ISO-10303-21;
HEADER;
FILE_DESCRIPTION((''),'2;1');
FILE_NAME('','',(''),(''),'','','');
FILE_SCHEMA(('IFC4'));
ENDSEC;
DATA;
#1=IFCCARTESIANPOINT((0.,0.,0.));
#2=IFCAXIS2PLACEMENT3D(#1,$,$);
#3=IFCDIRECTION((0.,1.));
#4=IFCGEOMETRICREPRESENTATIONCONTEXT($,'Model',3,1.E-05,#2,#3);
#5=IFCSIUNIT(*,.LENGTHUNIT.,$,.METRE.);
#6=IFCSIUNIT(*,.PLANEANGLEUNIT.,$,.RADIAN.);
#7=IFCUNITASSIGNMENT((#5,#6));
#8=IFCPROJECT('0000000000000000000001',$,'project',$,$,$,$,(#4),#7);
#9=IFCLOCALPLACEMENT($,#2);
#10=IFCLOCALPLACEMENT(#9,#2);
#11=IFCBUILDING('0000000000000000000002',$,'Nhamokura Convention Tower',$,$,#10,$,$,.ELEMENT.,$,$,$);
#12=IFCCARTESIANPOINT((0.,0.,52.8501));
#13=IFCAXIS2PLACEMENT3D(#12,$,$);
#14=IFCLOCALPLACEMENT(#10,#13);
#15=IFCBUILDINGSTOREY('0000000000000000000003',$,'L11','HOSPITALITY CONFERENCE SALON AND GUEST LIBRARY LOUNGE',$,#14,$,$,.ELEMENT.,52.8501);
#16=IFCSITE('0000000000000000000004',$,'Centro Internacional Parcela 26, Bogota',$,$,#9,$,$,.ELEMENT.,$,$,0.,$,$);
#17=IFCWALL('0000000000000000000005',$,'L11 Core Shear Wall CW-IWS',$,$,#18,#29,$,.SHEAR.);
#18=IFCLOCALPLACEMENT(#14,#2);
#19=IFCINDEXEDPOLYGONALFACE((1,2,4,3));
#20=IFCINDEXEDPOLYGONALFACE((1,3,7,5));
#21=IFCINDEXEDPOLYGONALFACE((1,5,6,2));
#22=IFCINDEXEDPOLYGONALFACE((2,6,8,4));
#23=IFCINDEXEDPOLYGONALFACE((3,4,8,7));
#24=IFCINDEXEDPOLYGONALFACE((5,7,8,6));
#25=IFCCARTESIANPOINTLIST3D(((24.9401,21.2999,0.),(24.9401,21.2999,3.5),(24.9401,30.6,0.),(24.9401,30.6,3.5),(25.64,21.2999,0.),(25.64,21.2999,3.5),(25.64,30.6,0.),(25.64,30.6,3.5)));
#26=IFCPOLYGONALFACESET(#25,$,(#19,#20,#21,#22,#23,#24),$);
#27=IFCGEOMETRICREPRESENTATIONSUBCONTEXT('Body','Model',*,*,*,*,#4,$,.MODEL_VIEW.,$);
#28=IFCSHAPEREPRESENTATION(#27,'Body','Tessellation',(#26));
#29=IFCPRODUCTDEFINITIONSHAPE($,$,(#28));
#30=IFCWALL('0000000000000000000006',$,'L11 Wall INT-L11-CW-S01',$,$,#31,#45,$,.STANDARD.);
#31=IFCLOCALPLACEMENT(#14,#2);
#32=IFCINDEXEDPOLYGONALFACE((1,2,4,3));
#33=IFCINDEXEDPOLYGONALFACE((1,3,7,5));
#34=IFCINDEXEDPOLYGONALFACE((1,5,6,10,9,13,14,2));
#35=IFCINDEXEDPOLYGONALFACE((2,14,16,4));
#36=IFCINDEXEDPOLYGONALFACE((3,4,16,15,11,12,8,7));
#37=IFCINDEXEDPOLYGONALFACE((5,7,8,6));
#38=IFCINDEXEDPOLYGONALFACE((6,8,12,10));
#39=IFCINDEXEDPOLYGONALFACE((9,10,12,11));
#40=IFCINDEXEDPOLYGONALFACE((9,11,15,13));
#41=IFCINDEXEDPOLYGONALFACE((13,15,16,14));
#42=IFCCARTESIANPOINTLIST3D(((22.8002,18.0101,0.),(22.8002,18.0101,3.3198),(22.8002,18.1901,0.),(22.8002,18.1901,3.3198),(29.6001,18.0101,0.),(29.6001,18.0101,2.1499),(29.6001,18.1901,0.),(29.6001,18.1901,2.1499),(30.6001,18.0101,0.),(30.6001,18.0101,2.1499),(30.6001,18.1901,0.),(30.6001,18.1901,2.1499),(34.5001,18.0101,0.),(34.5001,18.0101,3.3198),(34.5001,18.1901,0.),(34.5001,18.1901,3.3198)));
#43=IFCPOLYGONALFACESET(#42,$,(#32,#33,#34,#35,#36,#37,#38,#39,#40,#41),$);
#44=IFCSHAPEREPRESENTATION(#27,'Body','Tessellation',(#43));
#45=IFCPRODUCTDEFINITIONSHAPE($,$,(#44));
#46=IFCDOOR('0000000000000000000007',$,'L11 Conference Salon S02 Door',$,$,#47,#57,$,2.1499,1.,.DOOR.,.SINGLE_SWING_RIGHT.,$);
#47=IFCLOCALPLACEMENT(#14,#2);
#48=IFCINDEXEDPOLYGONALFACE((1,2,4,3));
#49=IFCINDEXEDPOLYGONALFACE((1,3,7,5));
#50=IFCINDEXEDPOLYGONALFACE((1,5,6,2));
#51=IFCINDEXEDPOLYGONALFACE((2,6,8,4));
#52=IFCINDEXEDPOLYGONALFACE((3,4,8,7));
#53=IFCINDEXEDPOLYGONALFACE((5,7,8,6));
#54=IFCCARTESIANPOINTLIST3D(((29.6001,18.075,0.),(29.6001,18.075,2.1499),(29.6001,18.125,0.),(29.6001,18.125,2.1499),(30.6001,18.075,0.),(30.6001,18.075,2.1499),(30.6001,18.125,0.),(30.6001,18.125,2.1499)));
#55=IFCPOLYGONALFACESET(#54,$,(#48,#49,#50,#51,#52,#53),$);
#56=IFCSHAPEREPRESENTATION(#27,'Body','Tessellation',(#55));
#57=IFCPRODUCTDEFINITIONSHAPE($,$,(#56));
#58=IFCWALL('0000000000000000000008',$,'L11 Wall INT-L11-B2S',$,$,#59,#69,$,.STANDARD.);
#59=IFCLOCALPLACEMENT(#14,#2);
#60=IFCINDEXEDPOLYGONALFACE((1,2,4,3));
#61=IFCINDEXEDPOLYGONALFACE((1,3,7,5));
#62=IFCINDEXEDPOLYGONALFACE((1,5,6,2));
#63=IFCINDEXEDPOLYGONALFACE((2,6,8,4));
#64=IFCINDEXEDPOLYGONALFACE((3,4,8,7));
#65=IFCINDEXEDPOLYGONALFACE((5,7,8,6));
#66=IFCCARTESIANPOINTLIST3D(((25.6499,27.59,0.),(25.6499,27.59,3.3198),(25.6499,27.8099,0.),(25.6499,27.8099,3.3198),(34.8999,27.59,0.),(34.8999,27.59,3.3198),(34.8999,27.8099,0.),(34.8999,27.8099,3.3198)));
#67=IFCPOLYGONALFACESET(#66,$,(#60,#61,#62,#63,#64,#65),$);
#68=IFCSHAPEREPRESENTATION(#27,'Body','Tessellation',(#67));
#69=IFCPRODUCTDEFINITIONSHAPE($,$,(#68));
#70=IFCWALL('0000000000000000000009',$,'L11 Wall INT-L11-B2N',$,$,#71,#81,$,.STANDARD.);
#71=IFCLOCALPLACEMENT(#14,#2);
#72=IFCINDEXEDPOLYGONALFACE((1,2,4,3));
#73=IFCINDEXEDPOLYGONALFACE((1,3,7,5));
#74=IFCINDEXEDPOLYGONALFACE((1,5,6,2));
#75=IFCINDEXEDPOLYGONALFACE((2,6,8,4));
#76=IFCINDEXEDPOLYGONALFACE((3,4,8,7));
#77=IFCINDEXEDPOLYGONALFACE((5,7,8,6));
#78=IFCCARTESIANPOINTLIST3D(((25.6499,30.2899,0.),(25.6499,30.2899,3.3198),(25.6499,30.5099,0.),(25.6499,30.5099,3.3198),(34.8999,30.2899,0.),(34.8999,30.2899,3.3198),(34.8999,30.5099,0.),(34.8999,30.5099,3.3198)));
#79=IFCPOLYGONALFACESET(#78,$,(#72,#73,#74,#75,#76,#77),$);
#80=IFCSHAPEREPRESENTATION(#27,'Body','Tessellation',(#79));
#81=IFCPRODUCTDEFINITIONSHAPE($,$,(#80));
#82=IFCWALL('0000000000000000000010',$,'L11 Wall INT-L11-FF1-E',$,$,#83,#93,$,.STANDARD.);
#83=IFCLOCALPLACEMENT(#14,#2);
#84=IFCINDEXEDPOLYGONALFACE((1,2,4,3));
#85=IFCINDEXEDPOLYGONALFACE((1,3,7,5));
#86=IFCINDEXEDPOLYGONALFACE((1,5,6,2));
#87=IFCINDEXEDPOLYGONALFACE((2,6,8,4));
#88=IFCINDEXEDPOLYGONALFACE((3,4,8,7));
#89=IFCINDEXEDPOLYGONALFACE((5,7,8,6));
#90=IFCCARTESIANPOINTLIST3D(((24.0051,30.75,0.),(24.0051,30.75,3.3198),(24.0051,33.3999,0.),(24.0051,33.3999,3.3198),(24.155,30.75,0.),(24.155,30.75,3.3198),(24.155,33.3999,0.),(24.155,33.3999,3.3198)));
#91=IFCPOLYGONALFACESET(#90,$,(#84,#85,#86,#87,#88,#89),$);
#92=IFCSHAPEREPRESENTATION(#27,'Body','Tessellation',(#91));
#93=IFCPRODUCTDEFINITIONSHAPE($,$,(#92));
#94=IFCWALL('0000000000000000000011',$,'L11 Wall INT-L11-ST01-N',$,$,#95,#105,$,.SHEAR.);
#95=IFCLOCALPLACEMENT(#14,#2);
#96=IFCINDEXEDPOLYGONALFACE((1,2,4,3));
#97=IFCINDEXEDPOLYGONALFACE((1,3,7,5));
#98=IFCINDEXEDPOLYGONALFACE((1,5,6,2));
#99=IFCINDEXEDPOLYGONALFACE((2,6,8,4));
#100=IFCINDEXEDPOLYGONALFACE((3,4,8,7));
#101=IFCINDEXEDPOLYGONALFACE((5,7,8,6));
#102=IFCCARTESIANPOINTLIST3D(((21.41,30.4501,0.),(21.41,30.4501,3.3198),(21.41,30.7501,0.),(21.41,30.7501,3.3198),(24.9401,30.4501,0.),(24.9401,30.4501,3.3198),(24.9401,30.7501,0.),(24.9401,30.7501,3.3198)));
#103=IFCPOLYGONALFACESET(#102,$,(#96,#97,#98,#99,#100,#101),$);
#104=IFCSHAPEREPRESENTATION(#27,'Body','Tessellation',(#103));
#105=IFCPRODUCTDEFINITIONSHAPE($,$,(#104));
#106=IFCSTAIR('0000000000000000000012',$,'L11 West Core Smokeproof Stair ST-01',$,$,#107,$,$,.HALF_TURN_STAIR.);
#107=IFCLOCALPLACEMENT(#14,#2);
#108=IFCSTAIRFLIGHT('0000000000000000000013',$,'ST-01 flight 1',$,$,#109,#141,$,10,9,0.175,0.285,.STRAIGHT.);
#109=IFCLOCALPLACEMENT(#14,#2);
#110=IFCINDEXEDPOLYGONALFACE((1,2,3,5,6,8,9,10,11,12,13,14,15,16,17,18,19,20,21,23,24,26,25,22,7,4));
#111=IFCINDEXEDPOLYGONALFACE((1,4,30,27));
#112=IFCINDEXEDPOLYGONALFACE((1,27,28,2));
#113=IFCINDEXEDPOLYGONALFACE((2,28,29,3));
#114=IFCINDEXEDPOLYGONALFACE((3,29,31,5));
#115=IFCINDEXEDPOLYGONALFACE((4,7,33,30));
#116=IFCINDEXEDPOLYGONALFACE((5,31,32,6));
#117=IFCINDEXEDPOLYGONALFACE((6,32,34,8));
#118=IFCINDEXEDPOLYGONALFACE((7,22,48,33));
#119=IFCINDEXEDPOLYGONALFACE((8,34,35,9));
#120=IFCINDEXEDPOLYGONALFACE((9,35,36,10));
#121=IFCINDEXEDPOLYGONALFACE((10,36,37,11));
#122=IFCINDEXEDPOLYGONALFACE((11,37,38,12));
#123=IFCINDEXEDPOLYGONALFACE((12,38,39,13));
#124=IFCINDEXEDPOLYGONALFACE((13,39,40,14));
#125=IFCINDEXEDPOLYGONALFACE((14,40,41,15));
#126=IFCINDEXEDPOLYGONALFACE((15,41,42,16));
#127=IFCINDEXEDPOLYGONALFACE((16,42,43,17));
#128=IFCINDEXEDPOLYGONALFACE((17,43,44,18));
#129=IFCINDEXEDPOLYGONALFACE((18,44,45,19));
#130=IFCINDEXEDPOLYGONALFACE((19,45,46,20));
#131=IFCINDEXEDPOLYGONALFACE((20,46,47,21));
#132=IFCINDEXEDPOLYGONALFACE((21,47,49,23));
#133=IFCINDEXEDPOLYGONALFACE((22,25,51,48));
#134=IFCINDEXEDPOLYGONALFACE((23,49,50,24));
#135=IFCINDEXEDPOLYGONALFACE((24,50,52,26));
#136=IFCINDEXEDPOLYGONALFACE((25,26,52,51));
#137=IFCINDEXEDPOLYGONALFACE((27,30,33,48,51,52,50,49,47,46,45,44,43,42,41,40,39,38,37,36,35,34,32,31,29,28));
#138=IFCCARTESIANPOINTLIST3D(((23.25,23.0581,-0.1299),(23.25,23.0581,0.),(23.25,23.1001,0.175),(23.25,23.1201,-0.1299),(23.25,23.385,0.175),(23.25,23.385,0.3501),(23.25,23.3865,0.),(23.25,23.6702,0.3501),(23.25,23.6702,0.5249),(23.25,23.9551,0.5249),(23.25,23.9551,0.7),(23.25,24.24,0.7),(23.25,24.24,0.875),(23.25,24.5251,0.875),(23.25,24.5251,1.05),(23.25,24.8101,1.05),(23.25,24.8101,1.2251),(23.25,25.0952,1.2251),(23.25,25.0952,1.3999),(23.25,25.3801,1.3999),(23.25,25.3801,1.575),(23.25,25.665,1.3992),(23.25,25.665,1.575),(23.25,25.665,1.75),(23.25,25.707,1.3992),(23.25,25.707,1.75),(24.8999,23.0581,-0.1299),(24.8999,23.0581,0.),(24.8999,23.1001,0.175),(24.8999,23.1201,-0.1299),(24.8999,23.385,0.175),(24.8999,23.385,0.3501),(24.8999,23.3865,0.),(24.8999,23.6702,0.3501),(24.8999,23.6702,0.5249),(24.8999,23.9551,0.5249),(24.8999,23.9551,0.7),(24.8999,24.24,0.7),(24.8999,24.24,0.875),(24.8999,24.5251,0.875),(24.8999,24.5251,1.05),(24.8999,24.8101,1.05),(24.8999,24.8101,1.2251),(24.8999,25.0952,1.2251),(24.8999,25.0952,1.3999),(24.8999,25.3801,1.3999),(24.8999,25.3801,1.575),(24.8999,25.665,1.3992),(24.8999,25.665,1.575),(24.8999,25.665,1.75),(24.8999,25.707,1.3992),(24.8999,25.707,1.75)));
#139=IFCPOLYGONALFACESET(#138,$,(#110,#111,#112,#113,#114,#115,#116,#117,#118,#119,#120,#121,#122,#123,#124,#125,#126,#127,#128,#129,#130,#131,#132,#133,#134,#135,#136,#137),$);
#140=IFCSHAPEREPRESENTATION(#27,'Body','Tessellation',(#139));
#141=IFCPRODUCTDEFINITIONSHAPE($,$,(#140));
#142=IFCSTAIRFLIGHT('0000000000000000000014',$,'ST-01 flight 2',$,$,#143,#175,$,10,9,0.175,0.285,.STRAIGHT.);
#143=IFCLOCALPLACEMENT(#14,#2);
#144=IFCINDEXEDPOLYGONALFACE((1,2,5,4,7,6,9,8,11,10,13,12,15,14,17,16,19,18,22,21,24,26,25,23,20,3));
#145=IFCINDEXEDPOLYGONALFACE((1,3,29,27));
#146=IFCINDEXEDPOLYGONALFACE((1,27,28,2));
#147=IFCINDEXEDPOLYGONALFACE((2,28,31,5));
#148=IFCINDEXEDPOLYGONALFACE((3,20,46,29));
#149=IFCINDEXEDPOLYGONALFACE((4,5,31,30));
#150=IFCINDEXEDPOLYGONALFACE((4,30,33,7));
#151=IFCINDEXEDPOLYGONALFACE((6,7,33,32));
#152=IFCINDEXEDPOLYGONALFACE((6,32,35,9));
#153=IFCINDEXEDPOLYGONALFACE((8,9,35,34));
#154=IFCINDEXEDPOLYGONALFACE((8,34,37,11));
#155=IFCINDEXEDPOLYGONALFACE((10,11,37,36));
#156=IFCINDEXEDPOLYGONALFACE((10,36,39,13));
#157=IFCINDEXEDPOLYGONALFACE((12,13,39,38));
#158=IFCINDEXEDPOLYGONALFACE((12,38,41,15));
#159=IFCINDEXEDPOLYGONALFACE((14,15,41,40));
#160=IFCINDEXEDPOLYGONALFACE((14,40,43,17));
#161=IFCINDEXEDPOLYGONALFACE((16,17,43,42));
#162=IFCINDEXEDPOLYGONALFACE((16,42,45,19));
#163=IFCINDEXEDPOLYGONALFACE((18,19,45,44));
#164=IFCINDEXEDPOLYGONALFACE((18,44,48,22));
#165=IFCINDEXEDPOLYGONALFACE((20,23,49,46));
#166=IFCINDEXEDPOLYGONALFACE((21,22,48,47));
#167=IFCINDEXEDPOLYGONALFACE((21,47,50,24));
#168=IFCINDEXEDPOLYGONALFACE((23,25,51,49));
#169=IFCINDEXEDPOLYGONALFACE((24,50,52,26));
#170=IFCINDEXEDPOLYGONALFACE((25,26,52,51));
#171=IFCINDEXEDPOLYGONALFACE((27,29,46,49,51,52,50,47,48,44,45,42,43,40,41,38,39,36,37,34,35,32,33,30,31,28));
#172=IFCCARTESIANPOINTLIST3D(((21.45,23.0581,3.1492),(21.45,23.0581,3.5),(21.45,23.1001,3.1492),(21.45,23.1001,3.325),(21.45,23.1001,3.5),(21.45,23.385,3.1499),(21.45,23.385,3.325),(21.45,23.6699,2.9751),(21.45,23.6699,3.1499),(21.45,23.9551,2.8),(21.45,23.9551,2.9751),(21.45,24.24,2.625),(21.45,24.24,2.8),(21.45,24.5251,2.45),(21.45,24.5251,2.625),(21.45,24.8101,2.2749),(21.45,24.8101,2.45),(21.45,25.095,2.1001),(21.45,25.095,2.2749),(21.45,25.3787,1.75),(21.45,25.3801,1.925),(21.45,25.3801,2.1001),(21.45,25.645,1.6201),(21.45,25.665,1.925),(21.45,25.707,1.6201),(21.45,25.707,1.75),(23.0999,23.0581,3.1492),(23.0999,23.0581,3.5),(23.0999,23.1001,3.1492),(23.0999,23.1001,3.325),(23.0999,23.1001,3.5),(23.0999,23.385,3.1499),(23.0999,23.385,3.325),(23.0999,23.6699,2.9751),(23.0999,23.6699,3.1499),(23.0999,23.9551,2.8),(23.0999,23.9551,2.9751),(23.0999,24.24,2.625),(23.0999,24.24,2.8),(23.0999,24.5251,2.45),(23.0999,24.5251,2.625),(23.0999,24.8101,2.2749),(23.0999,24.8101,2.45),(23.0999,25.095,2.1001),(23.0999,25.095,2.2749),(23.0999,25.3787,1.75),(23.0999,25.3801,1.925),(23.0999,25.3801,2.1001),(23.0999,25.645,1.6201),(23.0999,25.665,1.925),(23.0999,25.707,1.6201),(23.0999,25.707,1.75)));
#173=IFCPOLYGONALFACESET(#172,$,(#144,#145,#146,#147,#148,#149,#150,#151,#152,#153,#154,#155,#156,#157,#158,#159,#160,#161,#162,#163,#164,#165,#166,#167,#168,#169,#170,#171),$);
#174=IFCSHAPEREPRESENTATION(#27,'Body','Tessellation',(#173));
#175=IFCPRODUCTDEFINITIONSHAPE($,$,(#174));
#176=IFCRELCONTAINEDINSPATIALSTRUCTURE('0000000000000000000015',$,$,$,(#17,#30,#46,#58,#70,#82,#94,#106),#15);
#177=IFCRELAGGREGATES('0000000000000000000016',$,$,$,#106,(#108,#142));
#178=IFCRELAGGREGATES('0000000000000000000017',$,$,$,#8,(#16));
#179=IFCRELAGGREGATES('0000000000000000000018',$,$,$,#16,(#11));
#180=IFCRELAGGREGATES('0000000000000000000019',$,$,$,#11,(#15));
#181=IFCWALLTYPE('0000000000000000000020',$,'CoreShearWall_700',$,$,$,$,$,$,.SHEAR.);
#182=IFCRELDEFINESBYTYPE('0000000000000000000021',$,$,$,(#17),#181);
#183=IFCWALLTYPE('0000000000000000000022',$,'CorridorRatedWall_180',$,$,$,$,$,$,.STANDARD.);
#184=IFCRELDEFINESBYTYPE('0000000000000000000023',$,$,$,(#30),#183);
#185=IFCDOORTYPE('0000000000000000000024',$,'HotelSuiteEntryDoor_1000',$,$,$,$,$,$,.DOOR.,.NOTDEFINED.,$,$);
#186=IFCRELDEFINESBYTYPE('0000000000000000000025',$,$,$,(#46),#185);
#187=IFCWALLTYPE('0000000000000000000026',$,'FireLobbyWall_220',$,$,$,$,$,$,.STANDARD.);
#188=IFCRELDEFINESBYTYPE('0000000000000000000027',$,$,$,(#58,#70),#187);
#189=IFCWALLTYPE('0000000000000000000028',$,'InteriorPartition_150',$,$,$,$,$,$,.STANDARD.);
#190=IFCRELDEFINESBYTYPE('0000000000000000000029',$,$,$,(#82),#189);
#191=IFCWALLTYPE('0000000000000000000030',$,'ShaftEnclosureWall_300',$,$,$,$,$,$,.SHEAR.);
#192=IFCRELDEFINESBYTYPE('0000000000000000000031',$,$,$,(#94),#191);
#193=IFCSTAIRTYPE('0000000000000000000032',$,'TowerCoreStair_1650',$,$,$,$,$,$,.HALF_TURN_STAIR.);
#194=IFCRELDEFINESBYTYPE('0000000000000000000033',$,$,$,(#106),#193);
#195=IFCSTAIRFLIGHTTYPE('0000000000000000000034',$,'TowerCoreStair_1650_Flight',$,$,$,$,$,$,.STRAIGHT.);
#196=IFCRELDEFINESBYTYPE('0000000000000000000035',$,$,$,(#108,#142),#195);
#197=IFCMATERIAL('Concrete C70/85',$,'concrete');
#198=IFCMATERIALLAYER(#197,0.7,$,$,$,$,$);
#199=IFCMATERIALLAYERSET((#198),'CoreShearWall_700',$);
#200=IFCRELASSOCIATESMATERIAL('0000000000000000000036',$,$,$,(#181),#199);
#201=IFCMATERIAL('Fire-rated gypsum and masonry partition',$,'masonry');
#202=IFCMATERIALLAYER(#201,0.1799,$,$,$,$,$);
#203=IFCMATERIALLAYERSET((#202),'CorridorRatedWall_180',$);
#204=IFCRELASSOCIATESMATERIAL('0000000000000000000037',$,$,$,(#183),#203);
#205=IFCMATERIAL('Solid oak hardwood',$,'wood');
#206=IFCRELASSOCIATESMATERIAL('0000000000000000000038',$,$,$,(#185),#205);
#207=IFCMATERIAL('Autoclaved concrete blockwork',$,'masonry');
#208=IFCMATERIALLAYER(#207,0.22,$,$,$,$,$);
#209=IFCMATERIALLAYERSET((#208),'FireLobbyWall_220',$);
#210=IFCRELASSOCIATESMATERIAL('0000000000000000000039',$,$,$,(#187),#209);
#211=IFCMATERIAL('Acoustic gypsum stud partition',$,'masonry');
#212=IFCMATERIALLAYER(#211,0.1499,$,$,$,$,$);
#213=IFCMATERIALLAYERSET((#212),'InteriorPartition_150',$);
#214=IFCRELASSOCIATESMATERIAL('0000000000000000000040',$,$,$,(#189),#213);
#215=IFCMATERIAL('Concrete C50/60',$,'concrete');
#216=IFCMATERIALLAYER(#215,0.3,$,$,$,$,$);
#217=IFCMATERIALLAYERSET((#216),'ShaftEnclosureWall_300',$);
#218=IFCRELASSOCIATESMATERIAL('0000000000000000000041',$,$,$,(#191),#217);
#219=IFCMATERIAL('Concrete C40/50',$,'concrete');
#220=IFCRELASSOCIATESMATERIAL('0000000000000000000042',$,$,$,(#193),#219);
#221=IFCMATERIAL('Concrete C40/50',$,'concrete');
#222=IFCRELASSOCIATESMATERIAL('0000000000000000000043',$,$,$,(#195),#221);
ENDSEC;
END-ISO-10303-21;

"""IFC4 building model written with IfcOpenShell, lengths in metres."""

from ifc_helpers import new_model, si_unit, direction, frame, frame_2d, origin, place, context, subcontext, project, spatial, polyline, rectangle, outline, extrude, material, layer, layer_set, type_object, element, fill, aggregate, save


model = new_model("IFC4")

# Units and contexts
model_context = context("Model", 3, precision=1e-05, world=origin(), true_north=direction((0.0, 1.0)))
body_context = subcontext(model_context, "Body", "Model", "MODEL_VIEW")
ifc_project = project(units=[si_unit("LENGTHUNIT", "METRE"), si_unit("PLANEANGLEUNIT", "RADIAN")], contexts=[model_context])

# Site, building, storey
site_placement = place(None, origin())
site = spatial("IfcSite", under=ifc_project, at=site_placement, Name="Centro Internacional Parcela 26, Bogota", CompositionType="ELEMENT", RefElevation=0.0)
building_placement = place(site_placement, origin())
building = spatial("IfcBuilding", under=site, at=building_placement, Name="Nhamokura Convention Tower", CompositionType="ELEMENT")
storey_placement = place(building_placement, frame((0.0, 0.0, 52.8501)))
storey = spatial("IfcBuildingStorey", under=building, at=storey_placement, Name="L11", Description="HOSPITALITY CONFERENCE SALON AND GUEST LIBRARY LOUNGE", CompositionType="ELEMENT", Elevation=52.8501)

# Wall
ifc_material_1 = material(Name="Concrete C70/85", Category="concrete")
ifc_layer_1 = layer(ifc_material_1, 0.7)
ifc_layer_set_1 = layer_set([ifc_layer_1], Name="CoreShearWall_700")
wall_type_1 = type_object("IfcWallType", Name="CoreShearWall_700", PredefinedType="SHEAR", material=ifc_layer_set_1)
wall_1_placement = place(storey_placement, frame((25.29, 21.3, 0.0), z_axis=(0.0, 0.0, 1.0), x_axis=(0.0, 1.0, 0.0)))
element("IfcWall", 1, at=wall_1_placement, inside=storey, type_object=wall_type_1, Name="L11 Core Shear Wall CW-IWS", PredefinedType="SHEAR", context=body_context, shape_type="SweptSolid", body=[
    extrude(rectangle(XDim=9.3, YDim=0.7, at=frame_2d((4.6499, 0.0))), origin(), (0.0, 0.0, 1.0), 3.5),
])

# Wall, opening, door
ifc_material_2 = material(Name="Fire-rated gypsum and masonry partition", Category="masonry")
ifc_layer_2 = layer(ifc_material_2, 0.1799)
ifc_layer_set_2 = layer_set([ifc_layer_2], Name="CorridorRatedWall_180")
wall_type_2 = type_object("IfcWallType", Name="CorridorRatedWall_180", PredefinedType="STANDARD", material=ifc_layer_set_2)
wall_2_placement = place(storey_placement, frame((22.8, 18.1001, 0.0), z_axis=(0.0, 0.0, 1.0), x_axis=(1.0, 0.0, 0.0)))
wall_2 = element("IfcWall", 2, at=wall_2_placement, inside=storey, type_object=wall_type_2, Name="L11 Wall INT-L11-CW-S01", PredefinedType="STANDARD", context=body_context, shape_type="SweptSolid", body=[
    extrude(rectangle(XDim=11.7, YDim=0.1799, at=frame_2d((5.8501, 0.0))), origin(), (0.0, 0.0, 1.0), 3.3198),
])
opening_1_placement = place(wall_2_placement, frame((6.8, 0.0, 0.0)))
opening_1 = element("IfcOpeningElement", 3, at=opening_1_placement, cuts=wall_2, PredefinedType="OPENING", context=body_context, shape_type="SweptSolid", body=[
    extrude(rectangle(XDim=1.0, YDim=2.1499, at=frame_2d((0.5, 1.075))), frame((0.0, 0.0999, 0.0), z_axis=(0.0, -1.0, 0.0), x_axis=(1.0, 0.0, 0.0)), (0.0, 0.0, 1.0), 0.2),
])
ifc_material_3 = material(Name="Solid oak hardwood", Category="wood")
door_type_1 = type_object("IfcDoorType", Name="HotelSuiteEntryDoor_1000", OperationType="NOTDEFINED", PredefinedType="DOOR", material=ifc_material_3)
door_1_placement = place(opening_1_placement, origin())
door_1 = element("IfcDoor", 4, at=door_1_placement, inside=storey, type_object=door_type_1, Name="L11 Conference Salon S02 Door", OperationType="SINGLE_SWING_RIGHT", OverallHeight=2.1499, OverallWidth=1.0, PredefinedType="DOOR", context=body_context, shape_type="SweptSolid", body=[
    extrude(rectangle(XDim=1.0, YDim=2.1499, at=frame_2d((0.5, 1.075))), frame((0.0, 0.0249, 0.0), z_axis=(0.0, -1.0, 0.0), x_axis=(1.0, 0.0, 0.0)), (0.0, 0.0, 1.0), 0.05),
])
fill(opening_1, door_1)

# Shared definitions
ifc_material_4 = material(Name="Autoclaved concrete blockwork", Category="masonry")
ifc_layer_3 = layer(ifc_material_4, 0.22)
ifc_layer_set_3 = layer_set([ifc_layer_3], Name="FireLobbyWall_220")
wall_type_3 = type_object("IfcWallType", Name="FireLobbyWall_220", PredefinedType="STANDARD", material=ifc_layer_set_3)

# Walls
for number, where, z_axis, x_axis, name in (
    (5, (25.6499, 27.7, 0.0), (0.0, 0.0, 1.0), (1.0, 0.0, 0.0), "L11 Wall INT-L11-B2S"),
    (6, (25.6499, 30.3999, 0.0), (0.0, 0.0, 1.0), (1.0, 0.0, 0.0), "L11 Wall INT-L11-B2N"),
):
    element("IfcWall", number, at=place(storey_placement, frame(where, z_axis=z_axis, x_axis=x_axis)), inside=storey, type_object=wall_type_3, Name=name, PredefinedType="STANDARD", context=body_context, shape_type="SweptSolid", body=[
        extrude(rectangle(XDim=9.25, YDim=0.22, at=frame_2d((4.625, 0.0))), origin(), (0.0, 0.0, 1.0), 3.3198),
    ])
ifc_material_5 = material(Name="Acoustic gypsum stud partition", Category="masonry")
ifc_layer_4 = layer(ifc_material_5, 0.1499)
ifc_layer_set_4 = layer_set([ifc_layer_4], Name="InteriorPartition_150")
wall_type_4 = type_object("IfcWallType", Name="InteriorPartition_150", PredefinedType="STANDARD", material=ifc_layer_set_4)
wall_3_placement = place(storey_placement, frame((24.0801, 30.75, 0.0), z_axis=(0.0, 0.0, 1.0), x_axis=(0.0, 1.0, 0.0)))
element("IfcWall", 7, at=wall_3_placement, inside=storey, type_object=wall_type_4, Name="L11 Wall INT-L11-FF1-E", PredefinedType="STANDARD", context=body_context, shape_type="SweptSolid", body=[
    extrude(rectangle(XDim=2.6499, YDim=0.1499, at=frame_2d((1.325, 0.0))), origin(), (0.0, 0.0, 1.0), 3.3198),
])
ifc_material_6 = material(Name="Concrete C50/60", Category="concrete")
ifc_layer_5 = layer(ifc_material_6, 0.3)
ifc_layer_set_5 = layer_set([ifc_layer_5], Name="ShaftEnclosureWall_300")
wall_type_5 = type_object("IfcWallType", Name="ShaftEnclosureWall_300", PredefinedType="SHEAR", material=ifc_layer_set_5)
wall_4_placement = place(storey_placement, frame((21.4099, 30.6001, 0.0), z_axis=(0.0, 0.0, 1.0), x_axis=(1.0, 0.0, 0.0)))
element("IfcWall", 8, at=wall_4_placement, inside=storey, type_object=wall_type_5, Name="L11 Wall INT-L11-ST01-N", PredefinedType="SHEAR", context=body_context, shape_type="SweptSolid", body=[
    extrude(rectangle(XDim=3.53, YDim=0.3, at=frame_2d((1.7651, 0.0))), origin(), (0.0, 0.0, 1.0), 3.3198),
])

# Stair, stair flights
ifc_material_7 = material(Name="Concrete C40/50", Category="concrete")
stair_type = type_object("IfcStairType", Name="TowerCoreStair_1650", PredefinedType="HALF_TURN_STAIR", material=ifc_material_7)
stair_placement = place(storey_placement, origin())
stair = element("IfcStair", 9, at=stair_placement, inside=storey, type_object=stair_type, Name="L11 West Core Smokeproof Stair ST-01", PredefinedType="HALF_TURN_STAIR")
ifc_material_8 = material(Name="Concrete C40/50", Category="concrete")
stair_flight_type = type_object("IfcStairFlightType", Name="TowerCoreStair_1650_Flight", PredefinedType="STRAIGHT", material=ifc_material_8)
stair_flight_1_placement = place(storey_placement, frame((24.075, 23.1001, 0.0), z_axis=(0.0, 0.0, 1.0), x_axis=(0.0, 1.0, 0.0)))
stair_flight_1 = element("IfcStairFlight", 10, at=stair_flight_1_placement, type_object=stair_flight_type, Name="ST-01 flight 1", NumberOfRisers=10, NumberOfTreads=9, PredefinedType="STRAIGHT", RiserHeight=0.175, TreadLength=0.285, context=body_context, shape_type="SweptSolid", body=[
    extrude(outline(polyline([(-0.042, 0.0), (0.0, 0.175), (0.2849, 0.175), (0.2849, 0.3501), (0.5701, 0.3501), (0.5701, 0.5249), (0.855, 0.5249), (0.855, 0.7), (1.1399, 0.7), (1.1399, 0.875), (1.425, 0.875), (1.425, 1.05), (1.71, 1.05), (1.71, 1.2251), (1.9951, 1.2251), (1.9951, 1.3999), (2.28, 1.3999), (2.28, 1.575), (2.5649, 1.575), (2.5649, 1.75), (2.6069, 1.75), (2.6069, 1.3992), (2.5649, 1.3992), (0.2864, 0.0), (0.02, -0.1299), (-0.042, -0.1299), (-0.042, 0.0)])), frame((0.0, 0.825, 0.0), z_axis=(0.0, -1.0, 0.0), x_axis=(1.0, 0.0, 0.0)), (0.0, 0.0, 1.0), 1.6499),
])
stair_flight_2_placement = place(storey_placement, frame((22.2749, 25.665, 1.75), z_axis=(0.0, 0.0, 1.0), x_axis=(0.0, -1.0, 0.0)))
stair_flight_2 = element("IfcStairFlight", 11, at=stair_flight_2_placement, type_object=stair_flight_type, Name="ST-01 flight 2", NumberOfRisers=10, NumberOfTreads=9, PredefinedType="STRAIGHT", RiserHeight=0.175, TreadLength=0.285, context=body_context, shape_type="SweptSolid", body=[
    extrude(outline(polyline([(-0.042, 0.0), (0.0, 0.175), (0.2849, 0.175), (0.2849, 0.3501), (0.5701, 0.3501), (0.5701, 0.5249), (0.855, 0.5249), (0.855, 0.7), (1.1399, 0.7), (1.1399, 0.875), (1.425, 0.875), (1.425, 1.05), (1.71, 1.05), (1.71, 1.2251), (1.9951, 1.2251), (1.9951, 1.3999), (2.28, 1.3999), (2.28, 1.575), (2.5649, 1.575), (2.5649, 1.75), (2.6069, 1.75), (2.6069, 1.3992), (2.5649, 1.3992), (0.2864, 0.0), (0.02, -0.1299), (-0.042, -0.1299), (-0.042, 0.0)])), frame((0.0, 0.825, 0.0), z_axis=(0.0, -1.0, 0.0), x_axis=(1.0, 0.0, 0.0)), (0.0, 0.0, 1.0), 1.6499),
])
aggregate(stair, [stair_flight_1, stair_flight_2])

save(model, "model.ifc")
